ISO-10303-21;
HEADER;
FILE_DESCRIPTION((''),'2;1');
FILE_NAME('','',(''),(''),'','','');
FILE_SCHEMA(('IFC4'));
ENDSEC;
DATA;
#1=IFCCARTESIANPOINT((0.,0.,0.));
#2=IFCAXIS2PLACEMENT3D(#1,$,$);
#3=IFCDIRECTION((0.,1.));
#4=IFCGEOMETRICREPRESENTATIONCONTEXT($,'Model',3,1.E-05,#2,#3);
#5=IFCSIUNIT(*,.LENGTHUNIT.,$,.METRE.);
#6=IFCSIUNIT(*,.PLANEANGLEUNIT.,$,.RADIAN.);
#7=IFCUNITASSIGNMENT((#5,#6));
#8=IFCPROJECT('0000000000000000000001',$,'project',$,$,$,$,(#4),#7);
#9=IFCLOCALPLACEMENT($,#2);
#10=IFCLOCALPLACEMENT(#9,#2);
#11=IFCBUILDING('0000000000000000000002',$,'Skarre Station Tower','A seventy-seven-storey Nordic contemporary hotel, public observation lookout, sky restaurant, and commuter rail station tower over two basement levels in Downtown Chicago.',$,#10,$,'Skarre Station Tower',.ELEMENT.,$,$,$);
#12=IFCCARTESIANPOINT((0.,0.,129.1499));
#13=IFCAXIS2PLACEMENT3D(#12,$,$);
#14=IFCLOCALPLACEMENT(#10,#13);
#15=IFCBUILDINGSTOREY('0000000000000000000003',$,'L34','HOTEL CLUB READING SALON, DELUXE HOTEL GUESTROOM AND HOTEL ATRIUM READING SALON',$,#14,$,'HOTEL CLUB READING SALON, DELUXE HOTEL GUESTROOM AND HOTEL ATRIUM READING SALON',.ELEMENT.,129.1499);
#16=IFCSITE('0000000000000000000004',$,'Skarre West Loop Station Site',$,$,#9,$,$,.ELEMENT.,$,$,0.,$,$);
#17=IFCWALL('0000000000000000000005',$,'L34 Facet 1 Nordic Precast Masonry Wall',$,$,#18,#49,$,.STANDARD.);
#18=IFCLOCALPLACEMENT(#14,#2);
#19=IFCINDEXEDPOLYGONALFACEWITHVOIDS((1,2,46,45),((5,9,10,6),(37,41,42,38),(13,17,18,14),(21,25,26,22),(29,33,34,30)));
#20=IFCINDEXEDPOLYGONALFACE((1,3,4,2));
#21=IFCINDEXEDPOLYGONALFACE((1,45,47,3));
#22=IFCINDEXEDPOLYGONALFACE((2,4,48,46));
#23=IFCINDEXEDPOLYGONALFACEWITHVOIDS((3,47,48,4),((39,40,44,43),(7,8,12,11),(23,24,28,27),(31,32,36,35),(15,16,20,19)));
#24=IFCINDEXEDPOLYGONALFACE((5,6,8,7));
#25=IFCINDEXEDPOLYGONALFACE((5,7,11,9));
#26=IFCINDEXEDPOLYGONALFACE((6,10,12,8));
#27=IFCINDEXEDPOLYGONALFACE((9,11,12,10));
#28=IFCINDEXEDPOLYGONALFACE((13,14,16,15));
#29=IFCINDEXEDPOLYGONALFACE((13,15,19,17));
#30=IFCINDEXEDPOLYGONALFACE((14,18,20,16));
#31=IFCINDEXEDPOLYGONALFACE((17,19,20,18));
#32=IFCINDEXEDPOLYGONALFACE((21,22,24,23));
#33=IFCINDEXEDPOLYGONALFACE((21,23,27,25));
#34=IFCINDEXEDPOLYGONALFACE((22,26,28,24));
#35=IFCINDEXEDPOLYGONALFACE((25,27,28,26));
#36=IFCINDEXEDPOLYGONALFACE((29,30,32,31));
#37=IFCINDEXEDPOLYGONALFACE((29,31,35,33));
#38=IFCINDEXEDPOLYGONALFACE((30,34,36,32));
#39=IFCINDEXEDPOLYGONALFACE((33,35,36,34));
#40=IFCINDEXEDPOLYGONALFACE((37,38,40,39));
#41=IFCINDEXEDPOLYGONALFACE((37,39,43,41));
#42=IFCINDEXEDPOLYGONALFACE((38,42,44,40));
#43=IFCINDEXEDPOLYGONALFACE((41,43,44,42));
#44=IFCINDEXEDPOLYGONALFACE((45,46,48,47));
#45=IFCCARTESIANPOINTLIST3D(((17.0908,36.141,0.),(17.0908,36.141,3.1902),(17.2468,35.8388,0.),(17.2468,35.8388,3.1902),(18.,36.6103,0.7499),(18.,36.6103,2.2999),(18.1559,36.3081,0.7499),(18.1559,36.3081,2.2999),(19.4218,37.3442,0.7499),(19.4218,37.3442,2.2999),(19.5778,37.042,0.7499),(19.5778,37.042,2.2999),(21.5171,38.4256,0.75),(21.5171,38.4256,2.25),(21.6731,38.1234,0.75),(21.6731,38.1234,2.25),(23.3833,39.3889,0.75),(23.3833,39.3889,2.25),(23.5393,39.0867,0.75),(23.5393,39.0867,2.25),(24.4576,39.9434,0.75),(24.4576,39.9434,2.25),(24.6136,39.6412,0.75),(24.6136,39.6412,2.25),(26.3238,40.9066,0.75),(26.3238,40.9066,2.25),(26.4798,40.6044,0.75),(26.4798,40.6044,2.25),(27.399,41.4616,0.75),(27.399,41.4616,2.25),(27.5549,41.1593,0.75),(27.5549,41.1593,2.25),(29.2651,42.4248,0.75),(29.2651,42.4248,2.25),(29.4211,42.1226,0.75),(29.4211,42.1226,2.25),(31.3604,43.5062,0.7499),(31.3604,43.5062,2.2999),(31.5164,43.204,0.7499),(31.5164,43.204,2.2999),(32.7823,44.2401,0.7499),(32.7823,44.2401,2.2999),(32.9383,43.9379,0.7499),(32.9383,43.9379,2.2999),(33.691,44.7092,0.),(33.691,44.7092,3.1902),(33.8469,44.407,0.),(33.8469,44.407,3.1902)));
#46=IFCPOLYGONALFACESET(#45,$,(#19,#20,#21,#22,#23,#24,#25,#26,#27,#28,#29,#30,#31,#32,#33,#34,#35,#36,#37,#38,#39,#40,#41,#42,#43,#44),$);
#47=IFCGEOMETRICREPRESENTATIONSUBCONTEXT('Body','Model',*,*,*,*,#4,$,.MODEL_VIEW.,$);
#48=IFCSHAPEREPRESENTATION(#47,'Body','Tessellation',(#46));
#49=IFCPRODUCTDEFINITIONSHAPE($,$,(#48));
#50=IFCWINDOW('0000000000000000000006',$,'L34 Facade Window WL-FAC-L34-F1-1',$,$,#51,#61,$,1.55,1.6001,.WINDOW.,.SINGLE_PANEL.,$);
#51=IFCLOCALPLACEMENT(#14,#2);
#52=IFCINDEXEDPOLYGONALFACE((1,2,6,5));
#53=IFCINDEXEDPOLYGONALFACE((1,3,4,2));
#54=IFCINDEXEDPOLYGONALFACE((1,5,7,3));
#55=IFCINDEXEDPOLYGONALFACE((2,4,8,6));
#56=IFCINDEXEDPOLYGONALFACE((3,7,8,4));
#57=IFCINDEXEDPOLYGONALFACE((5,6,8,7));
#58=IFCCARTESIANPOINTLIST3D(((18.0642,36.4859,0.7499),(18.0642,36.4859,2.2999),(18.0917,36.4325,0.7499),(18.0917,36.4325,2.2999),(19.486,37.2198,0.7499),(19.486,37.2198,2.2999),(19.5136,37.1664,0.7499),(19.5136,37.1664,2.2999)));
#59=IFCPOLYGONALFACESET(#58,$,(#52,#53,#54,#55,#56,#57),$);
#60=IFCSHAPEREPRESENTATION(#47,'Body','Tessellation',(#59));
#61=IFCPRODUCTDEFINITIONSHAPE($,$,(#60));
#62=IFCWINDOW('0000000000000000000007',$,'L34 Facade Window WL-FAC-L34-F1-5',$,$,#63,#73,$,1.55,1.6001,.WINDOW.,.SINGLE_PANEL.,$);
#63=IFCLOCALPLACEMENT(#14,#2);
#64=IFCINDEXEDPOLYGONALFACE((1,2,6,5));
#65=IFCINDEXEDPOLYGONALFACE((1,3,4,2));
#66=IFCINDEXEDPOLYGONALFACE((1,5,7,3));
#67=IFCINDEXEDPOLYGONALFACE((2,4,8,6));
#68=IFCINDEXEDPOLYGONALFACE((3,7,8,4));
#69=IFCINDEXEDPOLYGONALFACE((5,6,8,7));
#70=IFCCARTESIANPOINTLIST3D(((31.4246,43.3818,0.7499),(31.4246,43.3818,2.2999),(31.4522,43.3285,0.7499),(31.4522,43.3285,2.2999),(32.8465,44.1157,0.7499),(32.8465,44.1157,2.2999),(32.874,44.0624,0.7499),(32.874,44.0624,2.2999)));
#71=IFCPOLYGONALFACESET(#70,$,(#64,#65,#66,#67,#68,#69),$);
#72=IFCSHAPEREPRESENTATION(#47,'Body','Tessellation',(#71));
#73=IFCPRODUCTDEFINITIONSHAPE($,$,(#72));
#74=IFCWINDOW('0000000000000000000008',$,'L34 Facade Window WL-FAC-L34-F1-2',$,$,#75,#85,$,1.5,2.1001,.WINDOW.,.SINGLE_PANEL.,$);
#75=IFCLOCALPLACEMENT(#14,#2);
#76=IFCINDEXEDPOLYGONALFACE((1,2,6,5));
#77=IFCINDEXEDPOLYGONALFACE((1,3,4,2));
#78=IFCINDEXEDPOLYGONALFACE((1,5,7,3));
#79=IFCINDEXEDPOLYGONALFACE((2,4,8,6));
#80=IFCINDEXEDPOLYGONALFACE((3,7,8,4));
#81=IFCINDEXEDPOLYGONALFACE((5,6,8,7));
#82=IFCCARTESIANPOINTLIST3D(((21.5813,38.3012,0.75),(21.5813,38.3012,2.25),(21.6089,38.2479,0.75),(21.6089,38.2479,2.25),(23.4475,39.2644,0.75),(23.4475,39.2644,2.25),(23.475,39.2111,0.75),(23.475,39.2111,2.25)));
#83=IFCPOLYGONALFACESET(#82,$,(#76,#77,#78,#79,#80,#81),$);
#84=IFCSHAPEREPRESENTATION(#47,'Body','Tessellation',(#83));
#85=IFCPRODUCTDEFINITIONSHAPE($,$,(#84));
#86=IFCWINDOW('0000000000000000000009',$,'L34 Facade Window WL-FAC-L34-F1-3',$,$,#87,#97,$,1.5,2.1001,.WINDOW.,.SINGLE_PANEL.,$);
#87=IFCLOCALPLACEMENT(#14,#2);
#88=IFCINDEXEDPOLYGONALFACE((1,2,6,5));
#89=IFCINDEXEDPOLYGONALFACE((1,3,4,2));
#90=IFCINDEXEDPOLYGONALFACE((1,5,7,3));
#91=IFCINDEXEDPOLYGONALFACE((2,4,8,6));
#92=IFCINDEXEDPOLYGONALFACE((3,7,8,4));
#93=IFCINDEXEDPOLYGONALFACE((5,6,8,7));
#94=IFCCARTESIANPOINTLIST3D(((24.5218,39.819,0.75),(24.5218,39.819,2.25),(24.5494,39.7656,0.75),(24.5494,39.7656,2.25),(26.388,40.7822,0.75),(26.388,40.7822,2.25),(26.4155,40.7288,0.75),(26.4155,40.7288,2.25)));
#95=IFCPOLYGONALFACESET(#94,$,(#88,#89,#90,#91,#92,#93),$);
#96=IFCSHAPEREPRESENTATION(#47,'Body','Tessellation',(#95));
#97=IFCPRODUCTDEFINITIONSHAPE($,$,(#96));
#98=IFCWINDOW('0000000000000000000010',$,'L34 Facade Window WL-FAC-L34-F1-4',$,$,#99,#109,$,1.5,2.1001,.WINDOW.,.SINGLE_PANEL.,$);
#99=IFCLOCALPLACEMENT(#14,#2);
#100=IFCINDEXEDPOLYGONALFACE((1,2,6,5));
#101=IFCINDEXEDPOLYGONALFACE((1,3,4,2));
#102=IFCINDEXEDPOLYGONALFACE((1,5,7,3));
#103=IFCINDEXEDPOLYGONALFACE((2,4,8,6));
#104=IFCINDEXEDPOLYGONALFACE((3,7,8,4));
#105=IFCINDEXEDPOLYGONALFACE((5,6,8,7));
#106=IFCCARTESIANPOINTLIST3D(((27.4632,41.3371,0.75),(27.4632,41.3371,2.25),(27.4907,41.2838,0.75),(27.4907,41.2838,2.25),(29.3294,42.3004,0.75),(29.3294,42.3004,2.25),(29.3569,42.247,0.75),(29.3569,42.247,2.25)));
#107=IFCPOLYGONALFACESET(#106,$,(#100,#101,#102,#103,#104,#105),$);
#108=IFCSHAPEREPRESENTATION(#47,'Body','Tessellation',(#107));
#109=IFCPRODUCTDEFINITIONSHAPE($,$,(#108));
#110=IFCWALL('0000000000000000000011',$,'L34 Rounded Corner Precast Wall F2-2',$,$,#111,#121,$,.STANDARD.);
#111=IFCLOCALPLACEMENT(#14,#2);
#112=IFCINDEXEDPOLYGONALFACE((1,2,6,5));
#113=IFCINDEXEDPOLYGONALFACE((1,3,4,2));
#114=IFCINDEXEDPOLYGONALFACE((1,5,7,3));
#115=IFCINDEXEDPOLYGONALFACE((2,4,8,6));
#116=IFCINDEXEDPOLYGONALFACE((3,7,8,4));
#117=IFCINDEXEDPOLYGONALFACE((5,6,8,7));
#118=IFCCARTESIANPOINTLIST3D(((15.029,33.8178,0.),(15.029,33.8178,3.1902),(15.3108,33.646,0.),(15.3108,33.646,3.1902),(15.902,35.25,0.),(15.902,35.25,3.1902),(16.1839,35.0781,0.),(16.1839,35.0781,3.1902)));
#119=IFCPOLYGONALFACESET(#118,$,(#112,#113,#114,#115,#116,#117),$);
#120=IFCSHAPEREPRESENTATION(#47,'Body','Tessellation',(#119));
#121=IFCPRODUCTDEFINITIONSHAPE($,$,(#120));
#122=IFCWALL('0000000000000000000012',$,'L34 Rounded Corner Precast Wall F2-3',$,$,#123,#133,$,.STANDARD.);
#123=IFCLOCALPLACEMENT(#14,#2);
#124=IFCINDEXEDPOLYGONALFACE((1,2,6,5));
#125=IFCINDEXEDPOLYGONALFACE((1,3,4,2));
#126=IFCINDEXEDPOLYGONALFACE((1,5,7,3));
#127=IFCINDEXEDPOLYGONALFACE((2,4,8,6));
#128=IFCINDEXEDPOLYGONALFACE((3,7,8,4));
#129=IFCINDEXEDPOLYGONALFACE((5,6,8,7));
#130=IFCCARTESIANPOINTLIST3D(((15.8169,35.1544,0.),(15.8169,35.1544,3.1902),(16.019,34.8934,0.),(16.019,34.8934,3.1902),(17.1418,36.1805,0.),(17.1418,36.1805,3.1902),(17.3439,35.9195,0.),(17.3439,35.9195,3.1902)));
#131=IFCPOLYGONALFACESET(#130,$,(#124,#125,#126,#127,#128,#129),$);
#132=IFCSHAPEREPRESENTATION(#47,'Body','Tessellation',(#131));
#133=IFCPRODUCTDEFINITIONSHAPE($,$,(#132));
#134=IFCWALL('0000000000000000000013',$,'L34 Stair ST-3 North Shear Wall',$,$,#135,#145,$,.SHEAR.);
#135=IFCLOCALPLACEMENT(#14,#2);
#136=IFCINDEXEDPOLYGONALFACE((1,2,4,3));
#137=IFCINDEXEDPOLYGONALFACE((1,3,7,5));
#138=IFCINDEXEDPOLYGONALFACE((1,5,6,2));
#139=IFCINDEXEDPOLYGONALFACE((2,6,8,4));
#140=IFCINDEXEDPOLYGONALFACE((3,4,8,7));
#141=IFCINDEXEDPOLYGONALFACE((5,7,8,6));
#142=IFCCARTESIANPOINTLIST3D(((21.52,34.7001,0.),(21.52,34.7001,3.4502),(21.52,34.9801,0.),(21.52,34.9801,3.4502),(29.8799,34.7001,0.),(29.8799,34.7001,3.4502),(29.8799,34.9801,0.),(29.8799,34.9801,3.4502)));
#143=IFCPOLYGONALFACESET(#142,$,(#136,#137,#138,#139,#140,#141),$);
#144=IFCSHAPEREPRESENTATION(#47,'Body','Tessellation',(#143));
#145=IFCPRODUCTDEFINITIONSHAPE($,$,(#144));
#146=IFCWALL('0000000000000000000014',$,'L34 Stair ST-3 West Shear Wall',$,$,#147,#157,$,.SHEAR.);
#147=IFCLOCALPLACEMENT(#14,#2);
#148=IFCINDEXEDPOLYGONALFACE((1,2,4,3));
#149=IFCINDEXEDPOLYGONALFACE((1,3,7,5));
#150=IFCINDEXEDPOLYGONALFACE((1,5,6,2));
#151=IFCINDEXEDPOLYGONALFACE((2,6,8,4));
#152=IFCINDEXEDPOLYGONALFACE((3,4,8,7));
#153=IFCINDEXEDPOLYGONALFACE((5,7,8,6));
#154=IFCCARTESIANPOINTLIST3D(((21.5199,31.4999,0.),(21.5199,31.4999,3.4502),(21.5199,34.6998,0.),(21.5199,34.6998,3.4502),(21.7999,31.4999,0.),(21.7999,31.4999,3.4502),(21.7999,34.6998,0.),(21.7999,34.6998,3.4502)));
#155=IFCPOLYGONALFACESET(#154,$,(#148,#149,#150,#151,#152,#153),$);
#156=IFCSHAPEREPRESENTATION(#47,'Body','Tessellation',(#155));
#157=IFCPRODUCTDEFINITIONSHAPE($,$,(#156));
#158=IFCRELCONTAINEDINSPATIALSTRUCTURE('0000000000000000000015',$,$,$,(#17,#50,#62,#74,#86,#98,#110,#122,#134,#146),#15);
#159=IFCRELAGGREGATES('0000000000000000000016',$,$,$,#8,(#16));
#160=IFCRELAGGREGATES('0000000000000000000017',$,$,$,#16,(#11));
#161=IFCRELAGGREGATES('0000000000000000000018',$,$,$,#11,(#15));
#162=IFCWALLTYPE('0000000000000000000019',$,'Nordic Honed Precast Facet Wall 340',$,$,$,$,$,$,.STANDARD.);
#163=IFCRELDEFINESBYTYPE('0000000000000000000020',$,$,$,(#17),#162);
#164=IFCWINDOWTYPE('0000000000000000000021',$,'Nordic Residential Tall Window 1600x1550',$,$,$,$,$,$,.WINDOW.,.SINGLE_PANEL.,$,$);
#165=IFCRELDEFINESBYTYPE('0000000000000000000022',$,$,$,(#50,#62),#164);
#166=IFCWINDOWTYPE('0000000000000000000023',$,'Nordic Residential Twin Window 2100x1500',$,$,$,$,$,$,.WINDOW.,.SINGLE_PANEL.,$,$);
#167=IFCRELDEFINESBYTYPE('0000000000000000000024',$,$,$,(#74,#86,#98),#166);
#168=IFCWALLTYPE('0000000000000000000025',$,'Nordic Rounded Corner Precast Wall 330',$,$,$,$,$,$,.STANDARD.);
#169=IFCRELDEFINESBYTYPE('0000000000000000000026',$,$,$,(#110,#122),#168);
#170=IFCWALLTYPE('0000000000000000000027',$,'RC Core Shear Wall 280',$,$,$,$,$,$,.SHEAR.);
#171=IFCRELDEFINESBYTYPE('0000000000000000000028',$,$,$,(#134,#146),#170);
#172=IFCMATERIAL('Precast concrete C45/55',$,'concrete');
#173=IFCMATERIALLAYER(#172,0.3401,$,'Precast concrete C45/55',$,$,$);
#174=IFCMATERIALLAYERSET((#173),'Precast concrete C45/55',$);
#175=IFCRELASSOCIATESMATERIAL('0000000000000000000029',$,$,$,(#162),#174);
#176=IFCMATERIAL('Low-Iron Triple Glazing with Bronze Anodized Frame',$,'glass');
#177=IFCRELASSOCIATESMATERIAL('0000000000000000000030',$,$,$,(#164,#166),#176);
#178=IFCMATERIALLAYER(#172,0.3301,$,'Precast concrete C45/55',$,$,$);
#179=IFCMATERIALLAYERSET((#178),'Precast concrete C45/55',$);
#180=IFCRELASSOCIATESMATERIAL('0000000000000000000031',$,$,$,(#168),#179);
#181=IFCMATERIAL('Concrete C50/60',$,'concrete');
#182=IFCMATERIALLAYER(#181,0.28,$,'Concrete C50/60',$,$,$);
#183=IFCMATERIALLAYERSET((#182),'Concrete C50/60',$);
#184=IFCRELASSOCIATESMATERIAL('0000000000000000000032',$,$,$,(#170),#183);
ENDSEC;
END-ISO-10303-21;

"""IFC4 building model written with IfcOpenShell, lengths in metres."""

from ifc_helpers import new_model, si_unit, direction, frame, frame_2d, origin, place, context, subcontext, project, spatial, rectangle, extrude, material, layer, layer_set, type_object, element, fill, save


model = new_model("IFC4")

# Units and contexts
model_context = context("Model", 3, precision=1e-05, world=origin(), true_north=direction((0.0, 1.0)))
body_context = subcontext(model_context, "Body", "Model", "MODEL_VIEW")
ifc_project = project(units=[si_unit("LENGTHUNIT", "METRE"), si_unit("PLANEANGLEUNIT", "RADIAN")], contexts=[model_context])

# Site, building, storey
site_placement = place(None, origin())
site = spatial("IfcSite", under=ifc_project, at=site_placement, Name="Skarre West Loop Station Site", CompositionType="ELEMENT", RefElevation=0.0)
building_placement = place(site_placement, origin())
building = spatial("IfcBuilding", under=site, at=building_placement, Name="Skarre Station Tower", Description="A seventy-seven-storey Nordic contemporary hotel, public observation lookout, sky restaurant, and commuter rail station tower over two basement levels in Downtown Chicago.", LongName="Skarre Station Tower", CompositionType="ELEMENT")
storey_placement = place(building_placement, frame((0.0, 0.0, 129.1499)))
storey = spatial("IfcBuildingStorey", under=building, at=storey_placement, Name="L34", Description="HOTEL CLUB READING SALON, DELUXE HOTEL GUESTROOM AND HOTEL ATRIUM READING SALON", LongName="HOTEL CLUB READING SALON, DELUXE HOTEL GUESTROOM AND HOTEL ATRIUM READING SALON", CompositionType="ELEMENT", Elevation=129.1499)

# Wall, openings, windows
ifc_material_1 = material(Name="Precast concrete C45/55", Category="concrete")
ifc_layer_1 = layer(ifc_material_1, 0.3401, Name="Precast concrete C45/55")
ifc_layer_set_1 = layer_set([ifc_layer_1], Name="Precast concrete C45/55")
wall_type_1 = type_object("IfcWallType", Name="Nordic Honed Precast Facet Wall 340", PredefinedType="STANDARD", material=ifc_layer_set_1)
wall_1_placement = place(storey_placement, frame((17.1689, 35.99, 0.0), z_axis=(0.0, 0.0, 1.0), x_axis=(0.888614, 0.458657, 0.0)))
wall_1 = element("IfcWall", 1, at=wall_1_placement, inside=storey, type_object=wall_type_1, Name="L34 Facet 1 Nordic Precast Masonry Wall", PredefinedType="STANDARD", context=body_context, shape_type="SweptSolid", body=[
    extrude(rectangle(XDim=18.6809, YDim=0.3401, at=frame_2d((9.3403, 0.0))), origin(), (0.0, 0.0, 1.0), 3.1902),
])
opening_1_placement = place(wall_1_placement, frame((1.0229, 0.0, 0.75)))
opening_1 = element("IfcOpeningElement", 2, at=opening_1_placement, cuts=wall_1, PredefinedType="OPENING", context=body_context, shape_type="SweptSolid", body=[
    extrude(rectangle(XDim=1.6001, YDim=1.55, at=frame_2d((0.8, 0.7749))), frame((0.0, 0.1799, 0.0), z_axis=(0.0, -1.0, 0.0), x_axis=(1.0, 0.0, 0.0)), (0.0, 0.0, 1.0), 0.3601),
])
opening_2_placement = place(wall_1_placement, frame((4.981, 0.0, 0.75)))
opening_2 = element("IfcOpeningElement", 3, at=opening_2_placement, cuts=wall_1, PredefinedType="OPENING", context=body_context, shape_type="SweptSolid", body=[
    extrude(rectangle(XDim=2.1001, YDim=1.5, at=frame_2d((1.05, 0.75))), frame((0.0, 0.1799, 0.0), z_axis=(0.0, -1.0, 0.0), x_axis=(1.0, 0.0, 0.0)), (0.0, 0.0, 1.0), 0.3601),
])
opening_3_placement = place(wall_1_placement, frame((8.29, 0.0, 0.75)))
opening_3 = element("IfcOpeningElement", 4, at=opening_3_placement, cuts=wall_1, PredefinedType="OPENING", context=body_context, shape_type="SweptSolid", body=[
    extrude(rectangle(XDim=2.1001, YDim=1.5, at=frame_2d((1.05, 0.75))), frame((0.0, 0.1799, 0.0), z_axis=(0.0, -1.0, 0.0), x_axis=(1.0, 0.0, 0.0)), (0.0, 0.0, 1.0), 0.3601),
])
opening_4_placement = place(wall_1_placement, frame((11.6001, 0.0, 0.75)))
opening_4 = element("IfcOpeningElement", 5, at=opening_4_placement, cuts=wall_1, PredefinedType="OPENING", context=body_context, shape_type="SweptSolid", body=[
    extrude(rectangle(XDim=2.1001, YDim=1.5, at=frame_2d((1.05, 0.75))), frame((0.0, 0.1799, 0.0), z_axis=(0.0, -1.0, 0.0), x_axis=(1.0, 0.0, 0.0)), (0.0, 0.0, 1.0), 0.3601),
])
opening_5_placement = place(wall_1_placement, frame((16.0581, 0.0, 0.75)))
opening_5 = element("IfcOpeningElement", 6, at=opening_5_placement, cuts=wall_1, PredefinedType="OPENING", context=body_context, shape_type="SweptSolid", body=[
    extrude(rectangle(XDim=1.6001, YDim=1.55, at=frame_2d((0.8, 0.7749))), frame((0.0, 0.1799, 0.0), z_axis=(0.0, -1.0, 0.0), x_axis=(1.0, 0.0, 0.0)), (0.0, 0.0, 1.0), 0.3601),
])
ifc_material_2 = material(Name="Low-Iron Triple Glazing with Bronze Anodized Frame", Category="glass")
window_type_1 = type_object("IfcWindowType", Name="Nordic Residential Tall Window 1600x1550", PartitioningType="SINGLE_PANEL", PredefinedType="WINDOW", material=ifc_material_2)
window_1_placement = place(opening_1_placement, origin())
window_1 = element("IfcWindow", 7, at=window_1_placement, inside=storey, type_object=window_type_1, Name="L34 Facade Window WL-FAC-L34-F1-1", OverallHeight=1.55, OverallWidth=1.6001, PartitioningType="SINGLE_PANEL", PredefinedType="WINDOW", context=body_context, shape_type="SweptSolid", body=[
    extrude(rectangle(XDim=1.6001, YDim=1.55, at=frame_2d((0.8, 0.7749))), frame((0.0, 0.03, 0.0), z_axis=(0.0, -1.0, 0.0), x_axis=(1.0, 0.0, 0.0)), (0.0, 0.0, 1.0), 0.0601),
])
fill(opening_1, window_1)
window_2_placement = place(opening_5_placement, origin())
window_2 = element("IfcWindow", 8, at=window_2_placement, inside=storey, type_object=window_type_1, Name="L34 Facade Window WL-FAC-L34-F1-5", OverallHeight=1.55, OverallWidth=1.6001, PartitioningType="SINGLE_PANEL", PredefinedType="WINDOW", context=body_context, shape_type="SweptSolid", body=[
    extrude(rectangle(XDim=1.6001, YDim=1.55, at=frame_2d((0.8, 0.7749))), frame((0.0, 0.03, 0.0), z_axis=(0.0, -1.0, 0.0), x_axis=(1.0, 0.0, 0.0)), (0.0, 0.0, 1.0), 0.0601),
])
fill(opening_5, window_2)
window_type_2 = type_object("IfcWindowType", Name="Nordic Residential Twin Window 2100x1500", PartitioningType="SINGLE_PANEL", PredefinedType="WINDOW", material=ifc_material_2)
window_3_placement = place(opening_2_placement, origin())
window_3 = element("IfcWindow", 9, at=window_3_placement, inside=storey, type_object=window_type_2, Name="L34 Facade Window WL-FAC-L34-F1-2", OverallHeight=1.5, OverallWidth=2.1001, PartitioningType="SINGLE_PANEL", PredefinedType="WINDOW", context=body_context, shape_type="SweptSolid", body=[
    extrude(rectangle(XDim=2.1001, YDim=1.5, at=frame_2d((1.05, 0.75))), frame((0.0, 0.03, 0.0), z_axis=(0.0, -1.0, 0.0), x_axis=(1.0, 0.0, 0.0)), (0.0, 0.0, 1.0), 0.0601),
])
fill(opening_2, window_3)
window_4_placement = place(opening_3_placement, origin())
window_4 = element("IfcWindow", 10, at=window_4_placement, inside=storey, type_object=window_type_2, Name="L34 Facade Window WL-FAC-L34-F1-3", OverallHeight=1.5, OverallWidth=2.1001, PartitioningType="SINGLE_PANEL", PredefinedType="WINDOW", context=body_context, shape_type="SweptSolid", body=[
    extrude(rectangle(XDim=2.1001, YDim=1.5, at=frame_2d((1.05, 0.75))), frame((0.0, 0.03, 0.0), z_axis=(0.0, -1.0, 0.0), x_axis=(1.0, 0.0, 0.0)), (0.0, 0.0, 1.0), 0.0601),
])
fill(opening_3, window_4)
window_5_placement = place(opening_4_placement, origin())
window_5 = element("IfcWindow", 11, at=window_5_placement, inside=storey, type_object=window_type_2, Name="L34 Facade Window WL-FAC-L34-F1-4", OverallHeight=1.5, OverallWidth=2.1001, PartitioningType="SINGLE_PANEL", PredefinedType="WINDOW", context=body_context, shape_type="SweptSolid", body=[
    extrude(rectangle(XDim=2.1001, YDim=1.5, at=frame_2d((1.05, 0.75))), frame((0.0, 0.03, 0.0), z_axis=(0.0, -1.0, 0.0), x_axis=(1.0, 0.0, 0.0)), (0.0, 0.0, 1.0), 0.0601),
])
fill(opening_4, window_5)

# Walls
ifc_layer_2 = layer(ifc_material_1, 0.3301, Name="Precast concrete C45/55")
ifc_layer_set_2 = layer_set([ifc_layer_2], Name="Precast concrete C45/55")
wall_type_2 = type_object("IfcWallType", Name="Nordic Rounded Corner Precast Wall 330", PredefinedType="STANDARD", material=ifc_layer_set_2)
wall_2_placement = place(storey_placement, frame((15.1699, 33.7319, 0.0), z_axis=(0.0, 0.0, 1.0), x_axis=(0.520519, 0.85385, 0.0)))
element("IfcWall", 12, at=wall_2_placement, inside=storey, type_object=wall_type_2, Name="L34 Rounded Corner Precast Wall F2-2", PredefinedType="STANDARD", context=body_context, shape_type="SweptSolid", body=[
    extrude(rectangle(XDim=1.6772, YDim=0.3301, at=frame_2d((0.8386, 0.0))), origin(), (0.0, 0.0, 1.0), 3.1902),
])
wall_3_placement = place(storey_placement, frame((15.918, 35.0239, 0.0), z_axis=(0.0, 0.0, 1.0), x_axis=(0.790621, 0.612305, 0.0)))
element("IfcWall", 13, at=wall_3_placement, inside=storey, type_object=wall_type_2, Name="L34 Rounded Corner Precast Wall F2-3", PredefinedType="STANDARD", context=body_context, shape_type="SweptSolid", body=[
    extrude(rectangle(XDim=1.6758, YDim=0.3301, at=frame_2d((0.8379, 0.0))), origin(), (0.0, 0.0, 1.0), 3.1902),
])
ifc_material_3 = material(Name="Concrete C50/60", Category="concrete")
ifc_layer_3 = layer(ifc_material_3, 0.28, Name="Concrete C50/60")
ifc_layer_set_3 = layer_set([ifc_layer_3], Name="Concrete C50/60")
wall_type_3 = type_object("IfcWallType", Name="RC Core Shear Wall 280", PredefinedType="SHEAR", material=ifc_layer_set_3)
wall_4_placement = place(storey_placement, frame((29.8799, 34.8401, 0.0), z_axis=(0.0, 0.0, 1.0), x_axis=(-1.0, 0.0, 0.0)))
element("IfcWall", 14, at=wall_4_placement, inside=storey, type_object=wall_type_3, Name="L34 Stair ST-3 North Shear Wall", PredefinedType="SHEAR", context=body_context, shape_type="SweptSolid", body=[
    extrude(rectangle(XDim=8.3599, YDim=0.28, at=frame_2d((4.1799, 0.0))), origin(), (0.0, 0.0, 1.0), 3.4502),
])
wall_5_placement = place(storey_placement, frame((21.6599, 34.7, 0.0), z_axis=(0.0, 0.0, 1.0), x_axis=(0.0, -1.0, 0.0)))
element("IfcWall", 15, at=wall_5_placement, inside=storey, type_object=wall_type_3, Name="L34 Stair ST-3 West Shear Wall", PredefinedType="SHEAR", context=body_context, shape_type="SweptSolid", body=[
    extrude(rectangle(XDim=3.2, YDim=0.28, at=frame_2d((1.6001, 0.0))), origin(), (0.0, 0.0, 1.0), 3.4502),
])

save(model, "model.ifc")
